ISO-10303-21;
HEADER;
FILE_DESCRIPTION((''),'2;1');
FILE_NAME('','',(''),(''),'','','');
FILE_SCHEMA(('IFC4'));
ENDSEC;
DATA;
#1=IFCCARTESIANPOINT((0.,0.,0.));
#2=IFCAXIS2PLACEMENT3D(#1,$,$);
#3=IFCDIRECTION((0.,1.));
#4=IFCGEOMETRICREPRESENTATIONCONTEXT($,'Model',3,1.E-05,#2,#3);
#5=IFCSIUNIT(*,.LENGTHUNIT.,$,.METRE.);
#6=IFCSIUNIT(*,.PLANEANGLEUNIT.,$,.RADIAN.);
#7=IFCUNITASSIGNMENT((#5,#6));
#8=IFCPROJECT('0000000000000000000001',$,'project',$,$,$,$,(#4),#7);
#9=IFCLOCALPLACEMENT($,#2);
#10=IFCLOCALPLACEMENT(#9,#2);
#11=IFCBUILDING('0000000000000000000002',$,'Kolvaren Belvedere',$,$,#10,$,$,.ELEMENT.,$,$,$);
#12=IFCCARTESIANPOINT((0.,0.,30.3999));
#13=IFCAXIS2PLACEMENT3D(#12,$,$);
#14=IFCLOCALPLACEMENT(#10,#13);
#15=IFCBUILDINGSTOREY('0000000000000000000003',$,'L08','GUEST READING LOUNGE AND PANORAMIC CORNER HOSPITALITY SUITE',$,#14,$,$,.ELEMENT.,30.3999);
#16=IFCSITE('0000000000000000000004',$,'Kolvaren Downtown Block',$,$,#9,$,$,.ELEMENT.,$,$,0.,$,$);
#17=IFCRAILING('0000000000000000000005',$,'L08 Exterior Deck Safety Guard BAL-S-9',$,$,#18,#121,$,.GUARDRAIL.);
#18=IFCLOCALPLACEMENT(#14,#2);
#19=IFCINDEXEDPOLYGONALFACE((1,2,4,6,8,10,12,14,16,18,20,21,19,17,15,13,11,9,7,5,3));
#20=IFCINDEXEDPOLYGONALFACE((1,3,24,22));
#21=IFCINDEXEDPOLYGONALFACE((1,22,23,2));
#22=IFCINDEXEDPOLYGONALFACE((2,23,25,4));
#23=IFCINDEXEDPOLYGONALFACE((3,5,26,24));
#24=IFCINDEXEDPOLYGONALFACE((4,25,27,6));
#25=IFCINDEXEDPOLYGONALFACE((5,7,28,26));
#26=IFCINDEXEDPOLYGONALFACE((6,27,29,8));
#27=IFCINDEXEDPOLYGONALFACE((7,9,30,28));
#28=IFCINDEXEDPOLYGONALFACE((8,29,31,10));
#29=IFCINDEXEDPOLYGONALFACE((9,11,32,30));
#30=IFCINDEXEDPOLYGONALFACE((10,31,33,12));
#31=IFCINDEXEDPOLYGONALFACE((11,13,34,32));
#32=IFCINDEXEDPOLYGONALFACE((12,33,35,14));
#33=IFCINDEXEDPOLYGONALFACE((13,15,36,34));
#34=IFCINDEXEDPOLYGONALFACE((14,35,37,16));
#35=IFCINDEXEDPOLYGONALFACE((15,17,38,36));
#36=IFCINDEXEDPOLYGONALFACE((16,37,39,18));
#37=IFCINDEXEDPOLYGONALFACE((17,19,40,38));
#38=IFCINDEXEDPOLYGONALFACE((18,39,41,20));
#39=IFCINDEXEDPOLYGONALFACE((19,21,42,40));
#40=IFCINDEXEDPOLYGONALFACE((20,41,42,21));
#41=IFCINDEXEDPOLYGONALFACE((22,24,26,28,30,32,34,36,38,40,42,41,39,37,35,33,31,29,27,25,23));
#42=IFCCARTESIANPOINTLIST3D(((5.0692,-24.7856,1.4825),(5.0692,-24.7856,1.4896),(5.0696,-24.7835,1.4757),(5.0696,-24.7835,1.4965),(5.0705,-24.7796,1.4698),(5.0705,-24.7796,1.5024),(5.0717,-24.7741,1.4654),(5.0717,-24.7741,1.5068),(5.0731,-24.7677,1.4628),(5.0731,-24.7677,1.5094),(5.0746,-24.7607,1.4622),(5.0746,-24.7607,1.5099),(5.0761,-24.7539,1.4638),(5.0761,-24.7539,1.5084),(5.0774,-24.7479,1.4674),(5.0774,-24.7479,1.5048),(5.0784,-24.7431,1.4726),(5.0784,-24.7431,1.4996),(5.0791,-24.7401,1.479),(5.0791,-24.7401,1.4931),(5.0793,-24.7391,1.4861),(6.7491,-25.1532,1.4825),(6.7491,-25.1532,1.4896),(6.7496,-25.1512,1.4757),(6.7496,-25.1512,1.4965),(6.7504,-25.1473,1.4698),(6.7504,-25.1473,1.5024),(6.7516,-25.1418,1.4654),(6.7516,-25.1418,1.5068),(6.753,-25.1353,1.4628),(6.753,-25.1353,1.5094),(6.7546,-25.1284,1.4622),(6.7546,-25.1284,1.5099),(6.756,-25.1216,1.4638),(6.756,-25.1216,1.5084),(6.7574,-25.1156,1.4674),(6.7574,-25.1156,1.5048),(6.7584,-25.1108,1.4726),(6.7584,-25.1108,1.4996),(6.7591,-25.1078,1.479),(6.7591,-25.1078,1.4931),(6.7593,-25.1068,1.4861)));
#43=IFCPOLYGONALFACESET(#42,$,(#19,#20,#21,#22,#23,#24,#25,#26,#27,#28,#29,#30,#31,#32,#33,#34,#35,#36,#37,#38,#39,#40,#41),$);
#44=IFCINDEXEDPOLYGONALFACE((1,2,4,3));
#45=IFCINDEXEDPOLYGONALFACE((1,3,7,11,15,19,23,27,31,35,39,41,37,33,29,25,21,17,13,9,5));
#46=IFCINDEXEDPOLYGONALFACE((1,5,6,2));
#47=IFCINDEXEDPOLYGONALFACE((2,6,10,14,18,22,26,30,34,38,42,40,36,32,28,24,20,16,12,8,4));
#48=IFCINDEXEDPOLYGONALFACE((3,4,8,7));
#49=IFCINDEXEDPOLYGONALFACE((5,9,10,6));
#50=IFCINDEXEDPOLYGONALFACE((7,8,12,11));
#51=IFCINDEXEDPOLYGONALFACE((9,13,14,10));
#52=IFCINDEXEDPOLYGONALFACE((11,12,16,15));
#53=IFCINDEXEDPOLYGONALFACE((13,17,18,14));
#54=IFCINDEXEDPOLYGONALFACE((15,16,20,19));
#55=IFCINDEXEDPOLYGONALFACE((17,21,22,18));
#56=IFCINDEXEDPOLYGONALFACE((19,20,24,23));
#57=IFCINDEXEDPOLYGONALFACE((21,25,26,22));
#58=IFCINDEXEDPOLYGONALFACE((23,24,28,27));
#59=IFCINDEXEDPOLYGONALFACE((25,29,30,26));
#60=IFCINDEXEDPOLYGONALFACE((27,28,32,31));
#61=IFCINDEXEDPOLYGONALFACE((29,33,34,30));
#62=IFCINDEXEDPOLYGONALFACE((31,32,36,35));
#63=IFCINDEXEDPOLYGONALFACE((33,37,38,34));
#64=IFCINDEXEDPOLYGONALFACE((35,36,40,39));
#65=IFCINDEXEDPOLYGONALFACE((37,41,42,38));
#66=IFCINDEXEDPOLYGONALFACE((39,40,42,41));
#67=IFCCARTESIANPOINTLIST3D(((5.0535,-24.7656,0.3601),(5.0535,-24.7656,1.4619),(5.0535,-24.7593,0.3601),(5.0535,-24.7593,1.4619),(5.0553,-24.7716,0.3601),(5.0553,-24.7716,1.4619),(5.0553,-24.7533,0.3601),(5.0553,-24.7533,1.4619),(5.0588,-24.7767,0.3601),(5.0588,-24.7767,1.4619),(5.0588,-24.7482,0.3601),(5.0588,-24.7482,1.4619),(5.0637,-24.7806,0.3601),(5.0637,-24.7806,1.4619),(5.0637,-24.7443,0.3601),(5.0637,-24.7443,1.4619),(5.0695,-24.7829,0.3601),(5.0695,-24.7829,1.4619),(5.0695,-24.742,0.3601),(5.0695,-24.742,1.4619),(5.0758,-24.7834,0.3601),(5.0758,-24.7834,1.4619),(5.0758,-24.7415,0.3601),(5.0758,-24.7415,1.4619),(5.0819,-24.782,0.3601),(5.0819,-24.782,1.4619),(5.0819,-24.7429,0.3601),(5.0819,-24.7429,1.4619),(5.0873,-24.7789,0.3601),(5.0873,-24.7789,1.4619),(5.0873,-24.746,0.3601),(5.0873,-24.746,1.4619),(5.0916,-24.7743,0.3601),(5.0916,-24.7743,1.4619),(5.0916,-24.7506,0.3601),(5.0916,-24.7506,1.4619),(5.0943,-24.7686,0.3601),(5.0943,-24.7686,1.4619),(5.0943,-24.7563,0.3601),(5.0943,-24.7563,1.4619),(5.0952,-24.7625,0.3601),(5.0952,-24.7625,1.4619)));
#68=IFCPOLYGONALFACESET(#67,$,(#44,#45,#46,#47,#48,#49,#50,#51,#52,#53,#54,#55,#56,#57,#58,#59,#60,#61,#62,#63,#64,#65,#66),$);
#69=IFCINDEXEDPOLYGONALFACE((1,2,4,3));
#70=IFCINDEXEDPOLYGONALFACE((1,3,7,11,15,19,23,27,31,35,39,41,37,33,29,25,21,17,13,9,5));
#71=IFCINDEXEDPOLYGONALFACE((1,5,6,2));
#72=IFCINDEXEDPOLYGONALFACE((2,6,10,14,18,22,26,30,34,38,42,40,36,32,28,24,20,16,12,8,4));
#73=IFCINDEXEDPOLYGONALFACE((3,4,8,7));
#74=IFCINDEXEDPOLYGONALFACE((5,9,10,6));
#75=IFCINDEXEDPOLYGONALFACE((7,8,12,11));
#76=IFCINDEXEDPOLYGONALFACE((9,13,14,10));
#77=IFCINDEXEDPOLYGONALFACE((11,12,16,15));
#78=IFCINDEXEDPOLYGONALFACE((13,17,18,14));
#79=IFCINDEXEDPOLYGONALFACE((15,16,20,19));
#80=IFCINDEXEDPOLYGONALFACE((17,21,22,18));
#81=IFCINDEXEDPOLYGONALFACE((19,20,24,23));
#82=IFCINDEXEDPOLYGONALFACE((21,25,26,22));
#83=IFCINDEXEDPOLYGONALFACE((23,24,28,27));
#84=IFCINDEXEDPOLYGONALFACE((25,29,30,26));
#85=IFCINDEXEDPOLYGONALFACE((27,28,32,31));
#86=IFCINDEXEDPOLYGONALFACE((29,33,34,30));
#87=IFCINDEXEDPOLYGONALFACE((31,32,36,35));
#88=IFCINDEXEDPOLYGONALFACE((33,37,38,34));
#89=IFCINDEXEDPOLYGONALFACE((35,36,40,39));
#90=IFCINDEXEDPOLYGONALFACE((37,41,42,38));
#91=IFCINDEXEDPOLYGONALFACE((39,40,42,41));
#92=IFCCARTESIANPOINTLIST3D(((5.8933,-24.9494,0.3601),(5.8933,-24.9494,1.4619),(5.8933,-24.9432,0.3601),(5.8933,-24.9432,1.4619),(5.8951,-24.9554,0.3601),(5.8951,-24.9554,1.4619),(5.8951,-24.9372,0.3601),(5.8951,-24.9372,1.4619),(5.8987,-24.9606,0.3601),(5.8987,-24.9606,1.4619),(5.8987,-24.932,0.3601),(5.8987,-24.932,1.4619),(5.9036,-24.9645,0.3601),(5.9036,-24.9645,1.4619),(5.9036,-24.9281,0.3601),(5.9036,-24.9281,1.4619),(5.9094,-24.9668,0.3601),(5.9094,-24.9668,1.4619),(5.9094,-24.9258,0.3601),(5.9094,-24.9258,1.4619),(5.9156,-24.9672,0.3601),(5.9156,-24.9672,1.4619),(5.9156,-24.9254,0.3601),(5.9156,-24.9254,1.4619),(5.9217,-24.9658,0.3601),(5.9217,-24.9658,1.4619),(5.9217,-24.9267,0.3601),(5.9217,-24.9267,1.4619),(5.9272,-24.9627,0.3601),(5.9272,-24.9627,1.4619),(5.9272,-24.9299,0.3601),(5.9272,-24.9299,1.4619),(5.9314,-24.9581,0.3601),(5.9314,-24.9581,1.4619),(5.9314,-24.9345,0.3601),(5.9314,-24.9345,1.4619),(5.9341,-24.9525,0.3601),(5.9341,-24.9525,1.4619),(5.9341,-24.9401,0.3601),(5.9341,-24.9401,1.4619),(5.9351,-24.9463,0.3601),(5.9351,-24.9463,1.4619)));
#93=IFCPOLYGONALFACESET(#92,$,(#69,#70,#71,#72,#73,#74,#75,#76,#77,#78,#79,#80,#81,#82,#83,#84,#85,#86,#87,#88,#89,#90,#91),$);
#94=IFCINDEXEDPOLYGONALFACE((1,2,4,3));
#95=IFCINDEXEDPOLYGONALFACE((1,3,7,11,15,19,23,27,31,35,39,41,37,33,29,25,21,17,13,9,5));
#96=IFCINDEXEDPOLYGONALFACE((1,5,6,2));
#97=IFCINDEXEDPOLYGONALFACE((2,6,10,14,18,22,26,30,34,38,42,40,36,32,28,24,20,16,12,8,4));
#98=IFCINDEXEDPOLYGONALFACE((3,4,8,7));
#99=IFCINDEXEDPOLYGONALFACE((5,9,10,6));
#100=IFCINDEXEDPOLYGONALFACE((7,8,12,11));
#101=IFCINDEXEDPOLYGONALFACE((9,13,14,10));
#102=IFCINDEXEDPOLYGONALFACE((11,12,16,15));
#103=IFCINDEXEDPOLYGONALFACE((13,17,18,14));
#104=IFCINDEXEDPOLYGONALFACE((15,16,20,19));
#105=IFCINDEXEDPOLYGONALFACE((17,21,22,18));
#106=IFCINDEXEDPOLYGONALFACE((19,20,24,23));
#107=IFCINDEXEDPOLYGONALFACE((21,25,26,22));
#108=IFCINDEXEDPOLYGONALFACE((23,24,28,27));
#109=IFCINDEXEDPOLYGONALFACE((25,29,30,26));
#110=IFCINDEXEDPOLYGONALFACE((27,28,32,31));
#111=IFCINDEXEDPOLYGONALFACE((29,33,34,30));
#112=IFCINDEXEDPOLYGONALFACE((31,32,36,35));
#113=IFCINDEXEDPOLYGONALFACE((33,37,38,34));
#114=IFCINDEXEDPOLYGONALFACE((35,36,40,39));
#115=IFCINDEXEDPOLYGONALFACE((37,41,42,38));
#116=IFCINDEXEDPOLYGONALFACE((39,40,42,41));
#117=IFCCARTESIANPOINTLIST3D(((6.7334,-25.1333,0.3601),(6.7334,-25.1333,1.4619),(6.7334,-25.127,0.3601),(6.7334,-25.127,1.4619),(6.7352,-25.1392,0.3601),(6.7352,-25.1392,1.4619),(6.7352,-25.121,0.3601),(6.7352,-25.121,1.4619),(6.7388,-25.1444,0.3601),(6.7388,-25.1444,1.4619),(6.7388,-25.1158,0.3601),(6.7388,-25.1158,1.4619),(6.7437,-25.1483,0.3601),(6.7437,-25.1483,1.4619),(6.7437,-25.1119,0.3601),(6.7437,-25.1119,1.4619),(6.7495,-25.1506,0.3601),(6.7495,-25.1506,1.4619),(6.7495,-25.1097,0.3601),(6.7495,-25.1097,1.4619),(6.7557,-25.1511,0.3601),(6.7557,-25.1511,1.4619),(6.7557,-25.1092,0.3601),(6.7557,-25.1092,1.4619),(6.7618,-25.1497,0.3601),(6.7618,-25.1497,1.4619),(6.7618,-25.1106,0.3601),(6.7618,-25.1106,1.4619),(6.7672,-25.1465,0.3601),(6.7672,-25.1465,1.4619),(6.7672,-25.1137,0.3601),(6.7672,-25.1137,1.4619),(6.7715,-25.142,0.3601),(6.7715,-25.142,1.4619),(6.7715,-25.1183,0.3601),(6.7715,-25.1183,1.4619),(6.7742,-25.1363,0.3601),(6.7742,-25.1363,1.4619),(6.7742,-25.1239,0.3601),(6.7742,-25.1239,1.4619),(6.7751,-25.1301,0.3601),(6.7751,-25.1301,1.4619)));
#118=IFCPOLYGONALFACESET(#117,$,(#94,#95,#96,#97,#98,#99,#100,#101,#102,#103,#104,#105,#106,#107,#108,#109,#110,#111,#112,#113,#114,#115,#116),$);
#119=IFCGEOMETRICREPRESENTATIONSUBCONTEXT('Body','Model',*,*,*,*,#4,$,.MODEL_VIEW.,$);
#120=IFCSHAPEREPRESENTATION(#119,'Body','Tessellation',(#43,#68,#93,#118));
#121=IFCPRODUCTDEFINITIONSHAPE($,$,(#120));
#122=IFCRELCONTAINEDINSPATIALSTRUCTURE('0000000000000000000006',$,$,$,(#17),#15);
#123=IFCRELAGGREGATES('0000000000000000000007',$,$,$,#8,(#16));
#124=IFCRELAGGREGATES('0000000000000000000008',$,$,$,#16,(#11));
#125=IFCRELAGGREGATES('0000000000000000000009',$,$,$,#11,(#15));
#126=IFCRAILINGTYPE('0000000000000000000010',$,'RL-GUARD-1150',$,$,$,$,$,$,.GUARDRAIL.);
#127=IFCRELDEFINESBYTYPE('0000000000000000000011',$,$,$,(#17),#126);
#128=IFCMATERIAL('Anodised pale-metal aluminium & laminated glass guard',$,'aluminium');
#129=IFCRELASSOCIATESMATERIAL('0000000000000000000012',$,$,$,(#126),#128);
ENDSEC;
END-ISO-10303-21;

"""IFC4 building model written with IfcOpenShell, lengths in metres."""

from ifc_helpers import new_model, si_unit, direction, frame, origin, origin_2d, place, context, subcontext, project, spatial, circle, extrude, material, type_object, element, save


model = new_model("IFC4")

# Units and contexts
model_context = context("Model", 3, precision=1e-05, world=origin(), true_north=direction((0.0, 1.0)))
body_context = subcontext(model_context, "Body", "Model", "MODEL_VIEW")
ifc_project = project(units=[si_unit("LENGTHUNIT", "METRE"), si_unit("PLANEANGLEUNIT", "RADIAN")], contexts=[model_context])

# Site, building, storey
site_placement = place(None, origin())
site = spatial("IfcSite", under=ifc_project, at=site_placement, Name="Kolvaren Downtown Block", CompositionType="ELEMENT", RefElevation=0.0)
building_placement = place(site_placement, origin())
building = spatial("IfcBuilding", under=site, at=building_placement, Name="Kolvaren Belvedere", CompositionType="ELEMENT")
storey_placement = place(building_placement, frame((0.0, 0.0, 30.3999)))
storey = spatial("IfcBuildingStorey", under=building, at=storey_placement, Name="L08", Description="GUEST READING LOUNGE AND PANORAMIC CORNER HOSPITALITY SUITE", CompositionType="ELEMENT", Elevation=30.3999)

# Railing
ifc_material_1 = material(Name="Anodised pale-metal aluminium & laminated glass guard", Category="aluminium")
railing_type = type_object("IfcRailingType", Name="RL-GUARD-1150", PredefinedType="GUARDRAIL", material=ifc_material_1)
railing_1_placement = place(storey_placement, frame((5.0742, -24.7625, 0.3601)))
element("IfcRailing", 1, at=railing_1_placement, inside=storey, type_object=railing_type, Name="L08 Exterior Deck Safety Guard BAL-S-9", PredefinedType="GUARDRAIL", context=body_context, shape_type="SweptSolid", body=[
    extrude(circle(Radius=0.0239, at=origin_2d()), frame((0.0, 0.0, 1.126), z_axis=(0.976877, -0.213803, 0.0), x_axis=(0.213803, 0.976877, 0.0)), (0.0, 0.0, 1.0), 1.7197),
    extrude(circle(Radius=0.021, at=origin_2d()), origin(), (0.0, 0.0, 1.0), 1.1018),
    extrude(circle(Radius=0.021, at=origin_2d()), frame((0.8398, -0.1838, 0.0)), (0.0, 0.0, 1.0), 1.1018),
    extrude(circle(Radius=0.021, at=origin_2d()), frame((1.6799, -0.3677, 0.0)), (0.0, 0.0, 1.0), 1.1018),
])

save(model, "model.ifc")
